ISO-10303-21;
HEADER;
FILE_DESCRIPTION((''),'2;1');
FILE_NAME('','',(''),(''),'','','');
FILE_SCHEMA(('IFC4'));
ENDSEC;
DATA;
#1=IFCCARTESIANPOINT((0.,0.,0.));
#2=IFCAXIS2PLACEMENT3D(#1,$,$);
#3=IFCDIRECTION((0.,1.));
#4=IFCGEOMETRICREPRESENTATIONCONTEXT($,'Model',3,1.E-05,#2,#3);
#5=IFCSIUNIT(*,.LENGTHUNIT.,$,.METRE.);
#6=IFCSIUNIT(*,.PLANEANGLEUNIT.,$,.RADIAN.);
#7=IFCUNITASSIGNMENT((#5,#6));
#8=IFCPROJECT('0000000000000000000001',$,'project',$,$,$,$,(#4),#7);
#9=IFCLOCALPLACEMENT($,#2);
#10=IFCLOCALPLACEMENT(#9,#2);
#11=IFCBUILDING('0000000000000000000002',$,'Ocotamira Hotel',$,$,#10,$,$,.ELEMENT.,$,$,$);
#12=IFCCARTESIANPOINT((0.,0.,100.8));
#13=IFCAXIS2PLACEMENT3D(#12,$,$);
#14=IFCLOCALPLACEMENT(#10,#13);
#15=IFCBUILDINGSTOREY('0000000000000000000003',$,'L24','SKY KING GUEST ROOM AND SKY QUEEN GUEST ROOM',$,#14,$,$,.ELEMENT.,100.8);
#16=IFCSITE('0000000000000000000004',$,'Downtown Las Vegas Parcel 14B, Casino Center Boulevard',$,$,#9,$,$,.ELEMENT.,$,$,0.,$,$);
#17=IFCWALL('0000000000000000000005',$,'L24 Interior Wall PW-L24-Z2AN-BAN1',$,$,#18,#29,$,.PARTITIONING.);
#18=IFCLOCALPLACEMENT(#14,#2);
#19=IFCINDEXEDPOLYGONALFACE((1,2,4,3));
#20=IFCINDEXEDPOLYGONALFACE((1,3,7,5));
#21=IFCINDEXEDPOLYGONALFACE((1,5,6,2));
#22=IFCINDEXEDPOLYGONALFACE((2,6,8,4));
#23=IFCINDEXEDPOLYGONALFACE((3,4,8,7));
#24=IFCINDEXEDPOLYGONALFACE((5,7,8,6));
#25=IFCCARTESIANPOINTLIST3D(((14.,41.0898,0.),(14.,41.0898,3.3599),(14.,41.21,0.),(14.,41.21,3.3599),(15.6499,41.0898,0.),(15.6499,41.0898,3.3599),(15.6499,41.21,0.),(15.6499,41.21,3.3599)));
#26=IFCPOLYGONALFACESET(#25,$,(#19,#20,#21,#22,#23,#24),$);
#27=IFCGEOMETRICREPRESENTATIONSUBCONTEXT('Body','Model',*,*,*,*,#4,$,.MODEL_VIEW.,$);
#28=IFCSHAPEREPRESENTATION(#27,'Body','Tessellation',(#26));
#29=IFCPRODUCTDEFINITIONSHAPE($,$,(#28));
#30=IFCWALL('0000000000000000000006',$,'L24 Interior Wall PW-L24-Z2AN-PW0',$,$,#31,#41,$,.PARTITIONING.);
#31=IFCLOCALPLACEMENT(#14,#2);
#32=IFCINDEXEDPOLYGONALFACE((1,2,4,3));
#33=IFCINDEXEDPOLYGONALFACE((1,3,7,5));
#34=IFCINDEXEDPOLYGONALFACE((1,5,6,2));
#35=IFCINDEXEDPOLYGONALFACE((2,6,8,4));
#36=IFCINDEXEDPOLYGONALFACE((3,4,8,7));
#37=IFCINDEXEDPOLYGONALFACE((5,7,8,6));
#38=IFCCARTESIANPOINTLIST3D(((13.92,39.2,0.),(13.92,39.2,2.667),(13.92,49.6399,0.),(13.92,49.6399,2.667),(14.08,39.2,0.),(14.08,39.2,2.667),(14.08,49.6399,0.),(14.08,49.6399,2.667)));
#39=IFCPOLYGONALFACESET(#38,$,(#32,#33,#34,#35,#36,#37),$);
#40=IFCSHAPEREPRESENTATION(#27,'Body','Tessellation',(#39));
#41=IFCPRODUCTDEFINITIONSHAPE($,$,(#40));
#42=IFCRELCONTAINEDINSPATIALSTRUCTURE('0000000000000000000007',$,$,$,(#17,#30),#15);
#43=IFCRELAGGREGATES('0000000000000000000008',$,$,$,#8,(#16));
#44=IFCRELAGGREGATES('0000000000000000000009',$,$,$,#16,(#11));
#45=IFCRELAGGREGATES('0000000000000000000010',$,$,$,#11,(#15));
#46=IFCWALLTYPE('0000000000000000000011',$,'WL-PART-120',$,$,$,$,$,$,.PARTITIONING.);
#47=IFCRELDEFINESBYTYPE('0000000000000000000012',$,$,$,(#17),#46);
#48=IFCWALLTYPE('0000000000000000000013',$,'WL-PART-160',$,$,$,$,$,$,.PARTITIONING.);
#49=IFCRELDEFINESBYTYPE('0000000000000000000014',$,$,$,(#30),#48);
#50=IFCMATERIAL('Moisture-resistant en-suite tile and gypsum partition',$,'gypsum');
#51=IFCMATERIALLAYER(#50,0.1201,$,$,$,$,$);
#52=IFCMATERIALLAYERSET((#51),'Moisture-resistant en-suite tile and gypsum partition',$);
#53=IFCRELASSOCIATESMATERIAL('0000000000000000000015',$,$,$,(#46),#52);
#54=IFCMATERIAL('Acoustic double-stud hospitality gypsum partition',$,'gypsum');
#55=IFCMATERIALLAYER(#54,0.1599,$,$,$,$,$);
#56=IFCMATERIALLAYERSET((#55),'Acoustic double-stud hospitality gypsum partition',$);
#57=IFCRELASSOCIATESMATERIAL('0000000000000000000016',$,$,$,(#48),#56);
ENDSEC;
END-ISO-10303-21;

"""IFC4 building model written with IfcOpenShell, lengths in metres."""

from ifc_helpers import new_model, si_unit, direction, frame, frame_2d, origin, place, context, subcontext, project, spatial, rectangle, extrude, material, layer, layer_set, type_object, element, save


model = new_model("IFC4")

# Units and contexts
model_context = context("Model", 3, precision=1e-05, world=origin(), true_north=direction((0.0, 1.0)))
body_context = subcontext(model_context, "Body", "Model", "MODEL_VIEW")
ifc_project = project(units=[si_unit("LENGTHUNIT", "METRE"), si_unit("PLANEANGLEUNIT", "RADIAN")], contexts=[model_context])

# Site, building, storey
site_placement = place(None, origin())
site = spatial("IfcSite", under=ifc_project, at=site_placement, Name="Downtown Las Vegas Parcel 14B, Casino Center Boulevard", CompositionType="ELEMENT", RefElevation=0.0)
building_placement = place(site_placement, origin())
building = spatial("IfcBuilding", under=site, at=building_placement, Name="Ocotamira Hotel", CompositionType="ELEMENT")
storey_placement = place(building_placement, frame((0.0, 0.0, 100.8)))
storey = spatial("IfcBuildingStorey", under=building, at=storey_placement, Name="L24", Description="SKY KING GUEST ROOM AND SKY QUEEN GUEST ROOM", CompositionType="ELEMENT", Elevation=100.8)

# Shared definitions
ifc_material_1 = material(Name="Moisture-resistant en-suite tile and gypsum partition", Category="gypsum")
ifc_layer_1 = layer(ifc_material_1, 0.1201)
ifc_layer_set_1 = layer_set([ifc_layer_1], Name="Moisture-resistant en-suite tile and gypsum partition")
wall_type_1 = type_object("IfcWallType", Name="WL-PART-120", PredefinedType="PARTITIONING", material=ifc_layer_set_1)

# Walls
wall_1_placement = place(storey_placement, frame((14.0, 41.1499, 0.0), z_axis=(0.0, 0.0, 1.0), x_axis=(1.0, 0.0, 0.0)))
element("IfcWall", 1, at=wall_1_placement, inside=storey, type_object=wall_type_1, Name="L24 Interior Wall PW-L24-Z2AN-BAN1", PredefinedType="PARTITIONING", context=body_context, shape_type="SweptSolid", body=[
    extrude(rectangle(XDim=1.6499, YDim=0.1201, at=frame_2d((0.825, 0.0))), origin(), (0.0, 0.0, 1.0), 3.3599),
])
ifc_material_2 = material(Name="Acoustic double-stud hospitality gypsum partition", Category="gypsum")
ifc_layer_2 = layer(ifc_material_2, 0.1599)
ifc_layer_set_2 = layer_set([ifc_layer_2], Name="Acoustic double-stud hospitality gypsum partition")
wall_type_2 = type_object("IfcWallType", Name="WL-PART-160", PredefinedType="PARTITIONING", material=ifc_layer_set_2)
wall_2_placement = place(storey_placement, frame((14.0, 39.2, 0.0), z_axis=(0.0, 0.0, 1.0), x_axis=(0.0, 1.0, 0.0)))
element("IfcWall", 2, at=wall_2_placement, inside=storey, type_object=wall_type_2, Name="L24 Interior Wall PW-L24-Z2AN-PW0", PredefinedType="PARTITIONING", context=body_context, shape_type="SweptSolid", body=[
    extrude(rectangle(XDim=10.4399, YDim=0.1599, at=frame_2d((5.22, 0.0))), origin(), (0.0, 0.0, 1.0), 2.667),
])

save(model, "model.ifc")
